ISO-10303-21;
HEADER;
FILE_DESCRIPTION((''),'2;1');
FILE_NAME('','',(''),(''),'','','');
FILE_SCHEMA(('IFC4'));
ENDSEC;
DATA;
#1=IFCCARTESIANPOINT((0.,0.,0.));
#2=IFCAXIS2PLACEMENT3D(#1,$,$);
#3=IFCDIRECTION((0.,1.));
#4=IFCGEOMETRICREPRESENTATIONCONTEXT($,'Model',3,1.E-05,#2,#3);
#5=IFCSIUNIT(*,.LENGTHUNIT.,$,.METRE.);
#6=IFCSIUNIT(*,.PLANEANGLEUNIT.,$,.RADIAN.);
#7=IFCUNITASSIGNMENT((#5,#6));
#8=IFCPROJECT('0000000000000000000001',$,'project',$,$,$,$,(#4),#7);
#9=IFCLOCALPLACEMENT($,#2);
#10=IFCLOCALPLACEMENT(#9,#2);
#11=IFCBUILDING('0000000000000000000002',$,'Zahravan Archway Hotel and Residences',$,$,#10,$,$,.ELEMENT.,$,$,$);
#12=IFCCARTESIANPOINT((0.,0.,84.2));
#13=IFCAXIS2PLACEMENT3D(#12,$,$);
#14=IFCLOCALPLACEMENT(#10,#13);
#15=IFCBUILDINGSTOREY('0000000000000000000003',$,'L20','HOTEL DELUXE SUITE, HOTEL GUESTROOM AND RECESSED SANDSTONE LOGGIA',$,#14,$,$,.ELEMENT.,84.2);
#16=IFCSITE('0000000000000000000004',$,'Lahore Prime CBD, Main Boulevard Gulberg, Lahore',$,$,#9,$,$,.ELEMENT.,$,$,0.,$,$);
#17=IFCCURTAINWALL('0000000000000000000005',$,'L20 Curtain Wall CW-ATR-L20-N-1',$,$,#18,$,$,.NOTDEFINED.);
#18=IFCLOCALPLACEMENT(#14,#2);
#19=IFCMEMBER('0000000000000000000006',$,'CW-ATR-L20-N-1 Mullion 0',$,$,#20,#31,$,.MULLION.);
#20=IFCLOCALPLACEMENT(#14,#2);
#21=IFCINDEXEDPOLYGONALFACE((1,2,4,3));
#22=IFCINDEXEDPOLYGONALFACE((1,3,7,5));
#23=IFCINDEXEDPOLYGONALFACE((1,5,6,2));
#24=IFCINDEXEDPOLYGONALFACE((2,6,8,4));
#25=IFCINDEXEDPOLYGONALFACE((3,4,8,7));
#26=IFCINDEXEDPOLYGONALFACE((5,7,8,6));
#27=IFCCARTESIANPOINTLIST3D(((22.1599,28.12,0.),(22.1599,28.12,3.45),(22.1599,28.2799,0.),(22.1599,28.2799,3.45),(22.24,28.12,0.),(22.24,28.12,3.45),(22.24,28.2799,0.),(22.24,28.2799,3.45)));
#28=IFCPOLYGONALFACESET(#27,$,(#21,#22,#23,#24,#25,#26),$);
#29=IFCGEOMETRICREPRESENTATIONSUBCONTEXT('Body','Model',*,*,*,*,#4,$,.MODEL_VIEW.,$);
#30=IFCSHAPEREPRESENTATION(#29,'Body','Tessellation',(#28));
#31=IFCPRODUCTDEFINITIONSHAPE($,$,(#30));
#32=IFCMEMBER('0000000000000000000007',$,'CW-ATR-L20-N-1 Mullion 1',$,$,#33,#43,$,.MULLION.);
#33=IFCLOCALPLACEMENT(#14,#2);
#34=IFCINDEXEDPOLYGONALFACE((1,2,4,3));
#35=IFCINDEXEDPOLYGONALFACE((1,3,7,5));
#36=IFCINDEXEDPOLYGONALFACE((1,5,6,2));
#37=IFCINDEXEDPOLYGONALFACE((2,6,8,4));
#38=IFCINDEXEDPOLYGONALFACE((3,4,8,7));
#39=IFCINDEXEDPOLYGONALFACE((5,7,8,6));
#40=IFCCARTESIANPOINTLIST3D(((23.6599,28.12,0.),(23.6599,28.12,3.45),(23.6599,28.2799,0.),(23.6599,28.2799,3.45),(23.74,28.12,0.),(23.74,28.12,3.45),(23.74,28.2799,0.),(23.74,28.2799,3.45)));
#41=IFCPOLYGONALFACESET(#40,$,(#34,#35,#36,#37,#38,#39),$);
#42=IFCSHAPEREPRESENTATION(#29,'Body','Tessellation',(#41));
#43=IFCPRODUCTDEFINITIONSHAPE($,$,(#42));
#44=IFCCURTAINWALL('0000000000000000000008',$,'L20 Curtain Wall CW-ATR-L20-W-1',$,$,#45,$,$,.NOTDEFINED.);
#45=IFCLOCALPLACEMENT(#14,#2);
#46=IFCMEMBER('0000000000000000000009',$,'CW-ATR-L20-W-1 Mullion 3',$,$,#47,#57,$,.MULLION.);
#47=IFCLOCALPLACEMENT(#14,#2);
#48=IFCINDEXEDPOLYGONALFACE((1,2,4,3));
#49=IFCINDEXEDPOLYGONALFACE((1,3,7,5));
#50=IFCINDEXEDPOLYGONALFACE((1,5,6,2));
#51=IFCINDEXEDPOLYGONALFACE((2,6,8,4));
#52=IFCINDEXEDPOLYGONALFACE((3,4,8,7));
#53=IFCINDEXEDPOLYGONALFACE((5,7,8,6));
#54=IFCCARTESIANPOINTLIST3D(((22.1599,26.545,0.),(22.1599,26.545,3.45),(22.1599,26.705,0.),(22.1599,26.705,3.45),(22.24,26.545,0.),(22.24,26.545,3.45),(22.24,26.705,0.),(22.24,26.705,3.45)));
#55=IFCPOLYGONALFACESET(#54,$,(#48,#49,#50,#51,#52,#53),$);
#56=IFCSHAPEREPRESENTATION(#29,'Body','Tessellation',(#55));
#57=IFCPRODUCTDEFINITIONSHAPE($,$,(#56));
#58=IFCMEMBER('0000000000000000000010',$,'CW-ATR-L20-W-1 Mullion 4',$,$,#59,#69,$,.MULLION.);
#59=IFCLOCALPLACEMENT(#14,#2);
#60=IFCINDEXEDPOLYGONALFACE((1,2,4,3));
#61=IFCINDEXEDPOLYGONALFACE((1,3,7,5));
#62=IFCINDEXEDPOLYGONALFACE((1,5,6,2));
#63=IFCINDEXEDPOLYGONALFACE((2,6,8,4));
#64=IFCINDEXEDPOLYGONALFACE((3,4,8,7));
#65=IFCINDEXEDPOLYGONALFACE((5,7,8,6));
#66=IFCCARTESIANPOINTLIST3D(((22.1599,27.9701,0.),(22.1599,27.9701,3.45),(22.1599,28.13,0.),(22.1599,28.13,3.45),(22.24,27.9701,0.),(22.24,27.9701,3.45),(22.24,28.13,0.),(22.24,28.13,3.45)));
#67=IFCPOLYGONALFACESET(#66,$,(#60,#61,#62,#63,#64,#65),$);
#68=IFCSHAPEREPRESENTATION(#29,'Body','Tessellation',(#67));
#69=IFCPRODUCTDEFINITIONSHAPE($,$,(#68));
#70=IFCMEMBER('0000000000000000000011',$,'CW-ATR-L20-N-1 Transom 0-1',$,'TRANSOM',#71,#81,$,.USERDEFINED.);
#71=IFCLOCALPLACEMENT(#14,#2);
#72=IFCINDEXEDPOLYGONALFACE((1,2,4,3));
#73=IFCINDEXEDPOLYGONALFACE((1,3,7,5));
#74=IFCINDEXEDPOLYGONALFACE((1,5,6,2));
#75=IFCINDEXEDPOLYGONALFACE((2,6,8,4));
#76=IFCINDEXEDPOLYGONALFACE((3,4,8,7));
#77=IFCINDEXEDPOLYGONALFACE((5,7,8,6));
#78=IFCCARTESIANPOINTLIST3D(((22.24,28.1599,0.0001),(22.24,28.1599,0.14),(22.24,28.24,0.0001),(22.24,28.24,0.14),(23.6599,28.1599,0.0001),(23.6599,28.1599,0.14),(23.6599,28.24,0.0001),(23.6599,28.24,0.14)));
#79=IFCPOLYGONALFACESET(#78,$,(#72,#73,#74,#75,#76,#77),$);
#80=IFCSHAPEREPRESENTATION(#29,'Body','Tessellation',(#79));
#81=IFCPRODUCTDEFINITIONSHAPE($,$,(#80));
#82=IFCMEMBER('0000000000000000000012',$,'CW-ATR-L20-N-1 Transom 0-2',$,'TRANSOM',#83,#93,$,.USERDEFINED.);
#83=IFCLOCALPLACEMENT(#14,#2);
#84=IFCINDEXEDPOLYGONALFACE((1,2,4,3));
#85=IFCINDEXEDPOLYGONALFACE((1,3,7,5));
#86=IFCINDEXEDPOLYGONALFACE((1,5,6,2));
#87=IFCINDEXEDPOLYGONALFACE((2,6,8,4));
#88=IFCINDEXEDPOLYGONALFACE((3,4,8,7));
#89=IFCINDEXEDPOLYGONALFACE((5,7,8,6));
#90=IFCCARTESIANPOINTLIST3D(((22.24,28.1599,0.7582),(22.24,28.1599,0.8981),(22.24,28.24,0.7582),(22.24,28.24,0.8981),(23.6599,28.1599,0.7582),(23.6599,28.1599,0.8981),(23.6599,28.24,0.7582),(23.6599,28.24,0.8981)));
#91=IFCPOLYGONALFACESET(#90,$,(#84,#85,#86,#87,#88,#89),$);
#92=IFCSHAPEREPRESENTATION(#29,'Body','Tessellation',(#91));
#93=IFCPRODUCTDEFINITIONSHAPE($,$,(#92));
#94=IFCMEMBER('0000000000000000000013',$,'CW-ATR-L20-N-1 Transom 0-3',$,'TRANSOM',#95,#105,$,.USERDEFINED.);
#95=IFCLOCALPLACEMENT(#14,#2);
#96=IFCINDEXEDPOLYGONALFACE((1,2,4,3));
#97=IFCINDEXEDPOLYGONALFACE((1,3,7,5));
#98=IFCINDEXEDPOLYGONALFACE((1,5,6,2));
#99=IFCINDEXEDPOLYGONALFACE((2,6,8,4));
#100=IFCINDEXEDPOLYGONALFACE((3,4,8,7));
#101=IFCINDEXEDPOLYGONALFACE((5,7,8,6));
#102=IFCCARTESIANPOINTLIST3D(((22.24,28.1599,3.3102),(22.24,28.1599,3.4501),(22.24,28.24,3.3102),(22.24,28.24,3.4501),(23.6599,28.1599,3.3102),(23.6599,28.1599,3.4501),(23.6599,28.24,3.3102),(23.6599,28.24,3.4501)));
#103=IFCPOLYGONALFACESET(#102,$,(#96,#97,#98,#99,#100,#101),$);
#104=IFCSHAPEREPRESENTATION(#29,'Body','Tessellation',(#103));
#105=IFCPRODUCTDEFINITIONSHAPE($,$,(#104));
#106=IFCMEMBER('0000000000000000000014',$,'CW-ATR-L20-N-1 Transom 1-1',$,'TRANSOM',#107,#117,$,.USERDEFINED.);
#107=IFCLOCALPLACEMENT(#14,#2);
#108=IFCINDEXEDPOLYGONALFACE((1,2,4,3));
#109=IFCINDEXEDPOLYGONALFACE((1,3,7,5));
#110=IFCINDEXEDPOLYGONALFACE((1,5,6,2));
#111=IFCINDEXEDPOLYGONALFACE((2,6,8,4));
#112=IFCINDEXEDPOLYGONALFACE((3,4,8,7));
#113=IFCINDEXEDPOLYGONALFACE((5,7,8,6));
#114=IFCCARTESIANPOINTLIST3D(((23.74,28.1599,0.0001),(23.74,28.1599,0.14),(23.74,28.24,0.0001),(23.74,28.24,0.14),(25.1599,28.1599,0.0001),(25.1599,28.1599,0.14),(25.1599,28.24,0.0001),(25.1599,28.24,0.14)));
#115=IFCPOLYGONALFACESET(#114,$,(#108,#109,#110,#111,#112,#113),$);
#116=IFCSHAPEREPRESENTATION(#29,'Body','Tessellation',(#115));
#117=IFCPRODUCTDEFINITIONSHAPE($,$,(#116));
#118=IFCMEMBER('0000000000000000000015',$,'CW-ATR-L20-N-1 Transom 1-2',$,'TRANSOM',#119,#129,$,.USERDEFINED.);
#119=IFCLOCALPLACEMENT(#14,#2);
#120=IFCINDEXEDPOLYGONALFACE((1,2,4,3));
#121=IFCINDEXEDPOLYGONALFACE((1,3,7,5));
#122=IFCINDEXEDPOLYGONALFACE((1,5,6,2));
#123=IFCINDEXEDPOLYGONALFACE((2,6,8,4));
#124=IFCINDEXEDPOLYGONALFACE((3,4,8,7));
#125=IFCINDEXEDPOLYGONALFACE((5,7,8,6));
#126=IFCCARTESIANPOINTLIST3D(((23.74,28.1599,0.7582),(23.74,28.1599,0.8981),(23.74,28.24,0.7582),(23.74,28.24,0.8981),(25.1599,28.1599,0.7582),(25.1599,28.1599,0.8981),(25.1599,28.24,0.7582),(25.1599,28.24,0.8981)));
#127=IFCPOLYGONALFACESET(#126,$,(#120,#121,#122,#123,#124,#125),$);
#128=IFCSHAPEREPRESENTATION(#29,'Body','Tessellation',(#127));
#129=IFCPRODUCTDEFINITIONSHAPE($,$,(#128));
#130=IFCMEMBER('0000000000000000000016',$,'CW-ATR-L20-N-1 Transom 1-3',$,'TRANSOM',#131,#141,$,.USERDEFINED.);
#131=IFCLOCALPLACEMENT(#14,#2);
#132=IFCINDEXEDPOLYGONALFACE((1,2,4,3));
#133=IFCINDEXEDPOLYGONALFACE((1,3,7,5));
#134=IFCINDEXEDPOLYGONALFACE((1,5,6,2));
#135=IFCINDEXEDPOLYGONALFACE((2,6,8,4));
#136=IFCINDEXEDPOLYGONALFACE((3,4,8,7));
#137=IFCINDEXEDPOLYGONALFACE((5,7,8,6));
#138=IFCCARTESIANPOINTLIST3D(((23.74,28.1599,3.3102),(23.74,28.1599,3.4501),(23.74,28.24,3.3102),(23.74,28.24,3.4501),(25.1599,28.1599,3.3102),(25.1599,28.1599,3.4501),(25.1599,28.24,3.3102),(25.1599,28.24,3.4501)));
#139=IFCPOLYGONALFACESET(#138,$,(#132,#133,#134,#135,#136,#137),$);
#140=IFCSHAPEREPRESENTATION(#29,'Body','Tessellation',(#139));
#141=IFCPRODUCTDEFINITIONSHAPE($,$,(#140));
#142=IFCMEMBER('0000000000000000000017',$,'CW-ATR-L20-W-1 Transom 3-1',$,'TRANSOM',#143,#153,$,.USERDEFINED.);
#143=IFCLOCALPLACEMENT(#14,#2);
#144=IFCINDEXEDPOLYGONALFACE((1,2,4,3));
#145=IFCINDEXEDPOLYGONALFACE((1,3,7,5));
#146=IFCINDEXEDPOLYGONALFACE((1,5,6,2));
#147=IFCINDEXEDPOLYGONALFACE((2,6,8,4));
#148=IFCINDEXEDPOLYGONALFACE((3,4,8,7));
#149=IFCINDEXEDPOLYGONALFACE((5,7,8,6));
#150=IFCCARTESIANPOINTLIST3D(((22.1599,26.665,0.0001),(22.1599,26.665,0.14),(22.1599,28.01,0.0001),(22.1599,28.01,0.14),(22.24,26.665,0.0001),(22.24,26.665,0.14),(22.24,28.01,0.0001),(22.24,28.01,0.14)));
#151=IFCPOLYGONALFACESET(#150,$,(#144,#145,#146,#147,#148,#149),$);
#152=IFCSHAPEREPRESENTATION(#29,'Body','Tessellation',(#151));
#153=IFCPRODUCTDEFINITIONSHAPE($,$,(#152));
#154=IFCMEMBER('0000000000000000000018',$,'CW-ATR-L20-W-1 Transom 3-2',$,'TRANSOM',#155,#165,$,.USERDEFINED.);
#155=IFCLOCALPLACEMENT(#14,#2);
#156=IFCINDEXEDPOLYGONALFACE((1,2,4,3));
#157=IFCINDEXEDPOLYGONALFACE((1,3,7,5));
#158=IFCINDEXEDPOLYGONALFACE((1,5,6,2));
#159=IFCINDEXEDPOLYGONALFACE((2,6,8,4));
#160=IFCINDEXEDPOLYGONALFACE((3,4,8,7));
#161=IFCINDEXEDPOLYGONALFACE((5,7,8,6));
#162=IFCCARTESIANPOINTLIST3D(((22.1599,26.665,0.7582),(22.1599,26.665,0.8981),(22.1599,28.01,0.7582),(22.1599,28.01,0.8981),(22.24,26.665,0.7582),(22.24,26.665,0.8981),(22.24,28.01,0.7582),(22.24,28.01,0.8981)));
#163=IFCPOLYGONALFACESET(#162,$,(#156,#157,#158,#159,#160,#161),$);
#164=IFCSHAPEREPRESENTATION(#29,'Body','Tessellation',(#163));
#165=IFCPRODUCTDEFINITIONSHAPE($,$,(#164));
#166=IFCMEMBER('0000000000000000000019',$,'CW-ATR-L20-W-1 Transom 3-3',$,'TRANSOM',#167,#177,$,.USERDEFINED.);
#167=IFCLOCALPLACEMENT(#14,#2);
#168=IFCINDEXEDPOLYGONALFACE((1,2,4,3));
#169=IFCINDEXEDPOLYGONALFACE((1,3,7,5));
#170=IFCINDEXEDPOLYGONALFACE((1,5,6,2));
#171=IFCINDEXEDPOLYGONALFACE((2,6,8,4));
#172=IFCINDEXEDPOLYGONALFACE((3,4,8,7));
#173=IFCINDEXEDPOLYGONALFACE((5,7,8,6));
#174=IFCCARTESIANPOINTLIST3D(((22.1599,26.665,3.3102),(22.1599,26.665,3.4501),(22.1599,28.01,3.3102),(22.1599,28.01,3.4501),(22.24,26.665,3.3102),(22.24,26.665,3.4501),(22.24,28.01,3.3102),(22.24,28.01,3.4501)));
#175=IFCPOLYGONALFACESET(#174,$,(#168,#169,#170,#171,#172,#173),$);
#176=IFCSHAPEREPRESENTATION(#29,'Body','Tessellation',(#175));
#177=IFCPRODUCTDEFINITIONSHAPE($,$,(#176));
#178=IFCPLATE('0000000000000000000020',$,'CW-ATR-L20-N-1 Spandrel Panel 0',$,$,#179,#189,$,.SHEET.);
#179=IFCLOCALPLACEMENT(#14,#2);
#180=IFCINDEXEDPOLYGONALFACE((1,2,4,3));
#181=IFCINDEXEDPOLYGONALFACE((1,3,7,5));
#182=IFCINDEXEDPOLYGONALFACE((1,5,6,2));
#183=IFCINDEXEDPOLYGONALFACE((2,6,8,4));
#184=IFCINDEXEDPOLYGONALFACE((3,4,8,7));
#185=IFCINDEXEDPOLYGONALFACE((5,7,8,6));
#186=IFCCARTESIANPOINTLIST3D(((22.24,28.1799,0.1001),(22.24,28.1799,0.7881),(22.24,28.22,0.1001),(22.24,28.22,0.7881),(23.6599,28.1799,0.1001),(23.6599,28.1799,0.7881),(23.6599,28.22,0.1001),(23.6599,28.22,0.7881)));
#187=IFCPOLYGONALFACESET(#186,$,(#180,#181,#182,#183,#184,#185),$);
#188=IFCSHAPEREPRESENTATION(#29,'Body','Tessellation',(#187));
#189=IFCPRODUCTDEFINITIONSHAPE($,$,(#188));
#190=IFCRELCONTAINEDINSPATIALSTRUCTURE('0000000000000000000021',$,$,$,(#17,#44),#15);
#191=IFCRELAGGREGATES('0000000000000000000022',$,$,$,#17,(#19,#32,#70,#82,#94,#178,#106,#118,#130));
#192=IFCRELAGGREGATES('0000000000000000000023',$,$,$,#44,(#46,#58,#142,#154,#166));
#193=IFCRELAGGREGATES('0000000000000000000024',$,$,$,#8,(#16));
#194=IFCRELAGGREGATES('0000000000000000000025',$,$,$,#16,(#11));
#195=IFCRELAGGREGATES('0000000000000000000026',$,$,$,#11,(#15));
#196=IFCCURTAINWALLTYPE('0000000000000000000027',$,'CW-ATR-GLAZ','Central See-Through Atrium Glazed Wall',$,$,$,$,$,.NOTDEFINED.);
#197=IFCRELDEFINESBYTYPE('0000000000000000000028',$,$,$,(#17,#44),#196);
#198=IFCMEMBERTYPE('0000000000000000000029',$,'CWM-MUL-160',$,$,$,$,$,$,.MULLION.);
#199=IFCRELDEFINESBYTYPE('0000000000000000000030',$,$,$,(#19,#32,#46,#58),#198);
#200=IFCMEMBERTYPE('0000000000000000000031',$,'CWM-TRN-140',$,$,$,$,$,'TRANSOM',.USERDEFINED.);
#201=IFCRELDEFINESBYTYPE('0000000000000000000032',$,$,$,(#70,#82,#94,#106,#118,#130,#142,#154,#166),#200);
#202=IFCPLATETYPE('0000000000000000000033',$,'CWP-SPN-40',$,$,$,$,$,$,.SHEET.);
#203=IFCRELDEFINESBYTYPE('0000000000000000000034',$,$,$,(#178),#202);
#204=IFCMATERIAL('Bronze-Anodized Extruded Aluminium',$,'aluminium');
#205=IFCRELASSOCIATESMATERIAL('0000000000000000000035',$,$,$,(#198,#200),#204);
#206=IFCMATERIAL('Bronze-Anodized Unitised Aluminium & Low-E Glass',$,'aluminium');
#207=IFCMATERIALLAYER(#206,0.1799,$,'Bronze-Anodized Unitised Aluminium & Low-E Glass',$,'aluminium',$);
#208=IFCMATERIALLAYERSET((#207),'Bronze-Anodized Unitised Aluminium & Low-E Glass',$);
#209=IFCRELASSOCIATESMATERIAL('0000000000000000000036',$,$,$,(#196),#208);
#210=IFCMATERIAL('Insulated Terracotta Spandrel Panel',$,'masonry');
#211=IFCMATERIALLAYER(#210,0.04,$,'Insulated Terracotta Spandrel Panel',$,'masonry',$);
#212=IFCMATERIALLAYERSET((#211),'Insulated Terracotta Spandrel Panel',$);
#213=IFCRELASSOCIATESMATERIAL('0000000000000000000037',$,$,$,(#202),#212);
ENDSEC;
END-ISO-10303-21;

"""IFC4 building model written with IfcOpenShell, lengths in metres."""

from ifc_helpers import new_model, si_unit, direction, frame, origin, origin_2d, place, context, subcontext, project, spatial, rectangle, extrude, source, transform, mapped, material, layer, layer_set, material_profile, profile_set, type_object, element, aggregate, save


model = new_model("IFC4")

# Units and contexts
model_context = context("Model", 3, precision=1e-05, world=origin(), true_north=direction((0.0, 1.0)))
body_context = subcontext(model_context, "Body", "Model", "MODEL_VIEW")
ifc_project = project(units=[si_unit("LENGTHUNIT", "METRE"), si_unit("PLANEANGLEUNIT", "RADIAN")], contexts=[model_context])

# Site, building, storey
site_placement = place(None, origin())
site = spatial("IfcSite", under=ifc_project, at=site_placement, Name="Lahore Prime CBD, Main Boulevard Gulberg, Lahore", CompositionType="ELEMENT", RefElevation=0.0)
building_placement = place(site_placement, origin())
building = spatial("IfcBuilding", under=site, at=building_placement, Name="Zahravan Archway Hotel and Residences", CompositionType="ELEMENT")
storey_placement = place(building_placement, frame((0.0, 0.0, 84.2)))
storey = spatial("IfcBuildingStorey", under=building, at=storey_placement, Name="L20", Description="HOTEL DELUXE SUITE, HOTEL GUESTROOM AND RECESSED SANDSTONE LOGGIA", CompositionType="ELEMENT", Elevation=84.2)

# Curtain walls, members
ifc_material_1 = material(Name="Bronze-Anodized Unitised Aluminium & Low-E Glass", Category="aluminium")
ifc_material_2 = material(Name="Bronze-Anodized Extruded Aluminium", Category="aluminium")
ifc_material_profile_1 = material_profile(ifc_material_2, rectangle(XDim=0.0801, YDim=0.1599, at=origin_2d()), Name="MUL 80x160", Category="aluminium")
ifc_profile_set_1 = profile_set([ifc_material_profile_1], Name="Bronze-Anodized Extruded Aluminium")
member_type_1 = type_object("IfcMemberType", Name="CWM-MUL-160", PredefinedType="MULLION", material=ifc_profile_set_1)
ifc_material_profile_2 = material_profile(ifc_material_2, rectangle(XDim=0.0801, YDim=0.1399, at=origin_2d()), Name="TRN 80x140", Category="aluminium")
ifc_profile_set_2 = profile_set([ifc_material_profile_2], Name="Bronze-Anodized Extruded Aluminium")
member_type_2 = type_object("IfcMemberType", Name="CWM-TRN-140", ElementType="TRANSOM", PredefinedType="USERDEFINED", material=ifc_profile_set_2)
ifc_layer_1 = layer(ifc_material_1, 0.1799, Name="Bronze-Anodized Unitised Aluminium & Low-E Glass", Category="aluminium")
ifc_layer_set_1 = layer_set([ifc_layer_1], Name="Bronze-Anodized Unitised Aluminium & Low-E Glass")
curtain_wall_type_1 = type_object("IfcCurtainWallType", Name="CW-ATR-GLAZ", Description="Central See-Through Atrium Glazed Wall", PredefinedType="NOTDEFINED", material=ifc_layer_set_1)
curtain_wall_1_placement = place(storey_placement, origin())
curtain_wall_1 = element("IfcCurtainWall", 1, at=curtain_wall_1_placement, inside=storey, type_object=curtain_wall_type_1, Name="L20 Curtain Wall CW-ATR-L20-N-1", PredefinedType="NOTDEFINED")
shared_shape_1 = source(origin(), body_context, "Body", "SweptSolid", [
    extrude(rectangle(XDim=0.0801, YDim=0.1599, at=origin_2d()), origin(), (0.0, 0.0, 1.0), 3.45),
])
member_1_placement = place(storey_placement, frame((22.2, 28.2, 0.0), z_axis=(0.0, 0.0, 1.0), x_axis=(1.0, 0.0, 0.0)))
member_1 = element("IfcMember", 2, at=member_1_placement, type_object=member_type_1, Name="CW-ATR-L20-N-1 Mullion 0", PredefinedType="MULLION", context=body_context, shape_type="MappedRepresentation", body=[
    mapped(shared_shape_1, transform((0.0, 0.0, 0.0), scale=1.0)),
])
member_2_placement = place(storey_placement, frame((23.7, 28.2, 0.0), z_axis=(0.0, 0.0, 1.0), x_axis=(1.0, 0.0, 0.0)))
member_2 = element("IfcMember", 3, at=member_2_placement, type_object=member_type_1, Name="CW-ATR-L20-N-1 Mullion 1", PredefinedType="MULLION", context=body_context, shape_type="MappedRepresentation", body=[
    mapped(shared_shape_1, transform((0.0, 0.0, 0.0), scale=1.0)),
])
curtain_wall_2_placement = place(storey_placement, origin())
curtain_wall_2 = element("IfcCurtainWall", 4, at=curtain_wall_2_placement, inside=storey, type_object=curtain_wall_type_1, Name="L20 Curtain Wall CW-ATR-L20-W-1", PredefinedType="NOTDEFINED")
member_3_placement = place(storey_placement, frame((22.2, 26.625, 0.0), z_axis=(0.0, 0.0, 1.0), x_axis=(1.0, 0.0, 0.0)))
member_3 = element("IfcMember", 5, at=member_3_placement, type_object=member_type_1, Name="CW-ATR-L20-W-1 Mullion 3", PredefinedType="MULLION", context=body_context, shape_type="MappedRepresentation", body=[
    mapped(shared_shape_1, transform((0.0, 0.0, 0.0), scale=1.0)),
])
member_4_placement = place(storey_placement, frame((22.2, 28.05, 0.0), z_axis=(0.0, 0.0, 1.0), x_axis=(1.0, 0.0, 0.0)))
member_4 = element("IfcMember", 6, at=member_4_placement, type_object=member_type_1, Name="CW-ATR-L20-W-1 Mullion 4", PredefinedType="MULLION", context=body_context, shape_type="MappedRepresentation", body=[
    mapped(shared_shape_1, transform((0.0, 0.0, 0.0), scale=1.0)),
])

# Members
shared_shape_2 = source(origin(), body_context, "Body", "SweptSolid", [
    extrude(rectangle(XDim=0.0801, YDim=0.1399, at=origin_2d()), origin(), (0.0, 0.0, 1.0), 1.4199),
])
member_5_placement = place(storey_placement, frame((22.24, 28.2, 0.0701), z_axis=(1.0, 0.0, 0.0), x_axis=(0.0, 1.0, 0.0)))
member_5 = element("IfcMember", 7, at=member_5_placement, type_object=member_type_2, Name="CW-ATR-L20-N-1 Transom 0-1", ObjectType="TRANSOM", PredefinedType="USERDEFINED", context=body_context, shape_type="MappedRepresentation", body=[
    mapped(shared_shape_2, transform((0.0, 0.0, 0.0), scale=1.0)),
])
member_6_placement = place(storey_placement, frame((22.24, 28.2, 0.8281), z_axis=(1.0, 0.0, 0.0), x_axis=(0.0, 1.0, 0.0)))
member_6 = element("IfcMember", 8, at=member_6_placement, type_object=member_type_2, Name="CW-ATR-L20-N-1 Transom 0-2", ObjectType="TRANSOM", PredefinedType="USERDEFINED", context=body_context, shape_type="MappedRepresentation", body=[
    mapped(shared_shape_2, transform((0.0, 0.0, 0.0), scale=1.0)),
])
member_7_placement = place(storey_placement, frame((22.24, 28.2, 3.3801), z_axis=(1.0, 0.0, 0.0), x_axis=(0.0, 1.0, 0.0)))
member_7 = element("IfcMember", 9, at=member_7_placement, type_object=member_type_2, Name="CW-ATR-L20-N-1 Transom 0-3", ObjectType="TRANSOM", PredefinedType="USERDEFINED", context=body_context, shape_type="MappedRepresentation", body=[
    mapped(shared_shape_2, transform((0.0, 0.0, 0.0), scale=1.0)),
])
member_8_placement = place(storey_placement, frame((23.74, 28.2, 0.0701), z_axis=(1.0, 0.0, 0.0), x_axis=(0.0, 1.0, 0.0)))
member_8 = element("IfcMember", 10, at=member_8_placement, type_object=member_type_2, Name="CW-ATR-L20-N-1 Transom 1-1", ObjectType="TRANSOM", PredefinedType="USERDEFINED", context=body_context, shape_type="MappedRepresentation", body=[
    mapped(shared_shape_2, transform((0.0, 0.0, 0.0), scale=1.0)),
])
member_9_placement = place(storey_placement, frame((23.74, 28.2, 0.8281), z_axis=(1.0, 0.0, 0.0), x_axis=(0.0, 1.0, 0.0)))
member_9 = element("IfcMember", 11, at=member_9_placement, type_object=member_type_2, Name="CW-ATR-L20-N-1 Transom 1-2", ObjectType="TRANSOM", PredefinedType="USERDEFINED", context=body_context, shape_type="MappedRepresentation", body=[
    mapped(shared_shape_2, transform((0.0, 0.0, 0.0), scale=1.0)),
])
member_10_placement = place(storey_placement, frame((23.74, 28.2, 3.3801), z_axis=(1.0, 0.0, 0.0), x_axis=(0.0, 1.0, 0.0)))
member_10 = element("IfcMember", 12, at=member_10_placement, type_object=member_type_2, Name="CW-ATR-L20-N-1 Transom 1-3", ObjectType="TRANSOM", PredefinedType="USERDEFINED", context=body_context, shape_type="MappedRepresentation", body=[
    mapped(shared_shape_2, transform((0.0, 0.0, 0.0), scale=1.0)),
])
shared_shape_3 = source(origin(), body_context, "Body", "SweptSolid", [
    extrude(rectangle(XDim=0.0801, YDim=0.1399, at=origin_2d()), origin(), (0.0, 0.0, 1.0), 1.345),
])
member_11_placement = place(storey_placement, frame((22.2, 26.665, 0.0701), z_axis=(0.0, 1.0, 0.0), x_axis=(-1.0, 0.0, 0.0)))
member_11 = element("IfcMember", 13, at=member_11_placement, type_object=member_type_2, Name="CW-ATR-L20-W-1 Transom 3-1", ObjectType="TRANSOM", PredefinedType="USERDEFINED", context=body_context, shape_type="MappedRepresentation", body=[
    mapped(shared_shape_3, transform((0.0, 0.0, 0.0), scale=1.0)),
])
member_12_placement = place(storey_placement, frame((22.2, 26.665, 0.8281), z_axis=(0.0, 1.0, 0.0), x_axis=(-1.0, 0.0, 0.0)))
member_12 = element("IfcMember", 14, at=member_12_placement, type_object=member_type_2, Name="CW-ATR-L20-W-1 Transom 3-2", ObjectType="TRANSOM", PredefinedType="USERDEFINED", context=body_context, shape_type="MappedRepresentation", body=[
    mapped(shared_shape_3, transform((0.0, 0.0, 0.0), scale=1.0)),
])
member_13_placement = place(storey_placement, frame((22.2, 26.665, 3.3801), z_axis=(0.0, 1.0, 0.0), x_axis=(-1.0, 0.0, 0.0)))
member_13 = element("IfcMember", 15, at=member_13_placement, type_object=member_type_2, Name="CW-ATR-L20-W-1 Transom 3-3", ObjectType="TRANSOM", PredefinedType="USERDEFINED", context=body_context, shape_type="MappedRepresentation", body=[
    mapped(shared_shape_3, transform((0.0, 0.0, 0.0), scale=1.0)),
])

# Plate
ifc_material_3 = material(Name="Insulated Terracotta Spandrel Panel", Category="masonry")
ifc_layer_2 = layer(ifc_material_3, 0.04, Name="Insulated Terracotta Spandrel Panel", Category="masonry")
ifc_layer_set_2 = layer_set([ifc_layer_2], Name="Insulated Terracotta Spandrel Panel")
plate_type_1 = type_object("IfcPlateType", Name="CWP-SPN-40", PredefinedType="SHEET", material=ifc_layer_set_2)
shared_shape_4 = source(origin(), body_context, "Body", "SweptSolid", [
    extrude(rectangle(XDim=1.4199, YDim=0.04, at=origin_2d()), origin(), (0.0, 0.0, 1.0), 0.688),
])
plate_1_placement = place(storey_placement, frame((22.95, 28.2, 0.1001), z_axis=(0.0, 0.0, 1.0), x_axis=(1.0, 0.0, 0.0)))
plate_1 = element("IfcPlate", 16, at=plate_1_placement, type_object=plate_type_1, Name="CW-ATR-L20-N-1 Spandrel Panel 0", PredefinedType="SHEET", context=body_context, shape_type="MappedRepresentation", body=[
    mapped(shared_shape_4, transform((0.0, 0.0, 0.0), scale=1.0)),
])
aggregate(curtain_wall_1, [member_1, member_2, member_5, member_6, member_7, plate_1, member_8, member_9, member_10])
aggregate(curtain_wall_2, [member_3, member_4, member_11, member_12, member_13])

save(model, "model.ifc")
